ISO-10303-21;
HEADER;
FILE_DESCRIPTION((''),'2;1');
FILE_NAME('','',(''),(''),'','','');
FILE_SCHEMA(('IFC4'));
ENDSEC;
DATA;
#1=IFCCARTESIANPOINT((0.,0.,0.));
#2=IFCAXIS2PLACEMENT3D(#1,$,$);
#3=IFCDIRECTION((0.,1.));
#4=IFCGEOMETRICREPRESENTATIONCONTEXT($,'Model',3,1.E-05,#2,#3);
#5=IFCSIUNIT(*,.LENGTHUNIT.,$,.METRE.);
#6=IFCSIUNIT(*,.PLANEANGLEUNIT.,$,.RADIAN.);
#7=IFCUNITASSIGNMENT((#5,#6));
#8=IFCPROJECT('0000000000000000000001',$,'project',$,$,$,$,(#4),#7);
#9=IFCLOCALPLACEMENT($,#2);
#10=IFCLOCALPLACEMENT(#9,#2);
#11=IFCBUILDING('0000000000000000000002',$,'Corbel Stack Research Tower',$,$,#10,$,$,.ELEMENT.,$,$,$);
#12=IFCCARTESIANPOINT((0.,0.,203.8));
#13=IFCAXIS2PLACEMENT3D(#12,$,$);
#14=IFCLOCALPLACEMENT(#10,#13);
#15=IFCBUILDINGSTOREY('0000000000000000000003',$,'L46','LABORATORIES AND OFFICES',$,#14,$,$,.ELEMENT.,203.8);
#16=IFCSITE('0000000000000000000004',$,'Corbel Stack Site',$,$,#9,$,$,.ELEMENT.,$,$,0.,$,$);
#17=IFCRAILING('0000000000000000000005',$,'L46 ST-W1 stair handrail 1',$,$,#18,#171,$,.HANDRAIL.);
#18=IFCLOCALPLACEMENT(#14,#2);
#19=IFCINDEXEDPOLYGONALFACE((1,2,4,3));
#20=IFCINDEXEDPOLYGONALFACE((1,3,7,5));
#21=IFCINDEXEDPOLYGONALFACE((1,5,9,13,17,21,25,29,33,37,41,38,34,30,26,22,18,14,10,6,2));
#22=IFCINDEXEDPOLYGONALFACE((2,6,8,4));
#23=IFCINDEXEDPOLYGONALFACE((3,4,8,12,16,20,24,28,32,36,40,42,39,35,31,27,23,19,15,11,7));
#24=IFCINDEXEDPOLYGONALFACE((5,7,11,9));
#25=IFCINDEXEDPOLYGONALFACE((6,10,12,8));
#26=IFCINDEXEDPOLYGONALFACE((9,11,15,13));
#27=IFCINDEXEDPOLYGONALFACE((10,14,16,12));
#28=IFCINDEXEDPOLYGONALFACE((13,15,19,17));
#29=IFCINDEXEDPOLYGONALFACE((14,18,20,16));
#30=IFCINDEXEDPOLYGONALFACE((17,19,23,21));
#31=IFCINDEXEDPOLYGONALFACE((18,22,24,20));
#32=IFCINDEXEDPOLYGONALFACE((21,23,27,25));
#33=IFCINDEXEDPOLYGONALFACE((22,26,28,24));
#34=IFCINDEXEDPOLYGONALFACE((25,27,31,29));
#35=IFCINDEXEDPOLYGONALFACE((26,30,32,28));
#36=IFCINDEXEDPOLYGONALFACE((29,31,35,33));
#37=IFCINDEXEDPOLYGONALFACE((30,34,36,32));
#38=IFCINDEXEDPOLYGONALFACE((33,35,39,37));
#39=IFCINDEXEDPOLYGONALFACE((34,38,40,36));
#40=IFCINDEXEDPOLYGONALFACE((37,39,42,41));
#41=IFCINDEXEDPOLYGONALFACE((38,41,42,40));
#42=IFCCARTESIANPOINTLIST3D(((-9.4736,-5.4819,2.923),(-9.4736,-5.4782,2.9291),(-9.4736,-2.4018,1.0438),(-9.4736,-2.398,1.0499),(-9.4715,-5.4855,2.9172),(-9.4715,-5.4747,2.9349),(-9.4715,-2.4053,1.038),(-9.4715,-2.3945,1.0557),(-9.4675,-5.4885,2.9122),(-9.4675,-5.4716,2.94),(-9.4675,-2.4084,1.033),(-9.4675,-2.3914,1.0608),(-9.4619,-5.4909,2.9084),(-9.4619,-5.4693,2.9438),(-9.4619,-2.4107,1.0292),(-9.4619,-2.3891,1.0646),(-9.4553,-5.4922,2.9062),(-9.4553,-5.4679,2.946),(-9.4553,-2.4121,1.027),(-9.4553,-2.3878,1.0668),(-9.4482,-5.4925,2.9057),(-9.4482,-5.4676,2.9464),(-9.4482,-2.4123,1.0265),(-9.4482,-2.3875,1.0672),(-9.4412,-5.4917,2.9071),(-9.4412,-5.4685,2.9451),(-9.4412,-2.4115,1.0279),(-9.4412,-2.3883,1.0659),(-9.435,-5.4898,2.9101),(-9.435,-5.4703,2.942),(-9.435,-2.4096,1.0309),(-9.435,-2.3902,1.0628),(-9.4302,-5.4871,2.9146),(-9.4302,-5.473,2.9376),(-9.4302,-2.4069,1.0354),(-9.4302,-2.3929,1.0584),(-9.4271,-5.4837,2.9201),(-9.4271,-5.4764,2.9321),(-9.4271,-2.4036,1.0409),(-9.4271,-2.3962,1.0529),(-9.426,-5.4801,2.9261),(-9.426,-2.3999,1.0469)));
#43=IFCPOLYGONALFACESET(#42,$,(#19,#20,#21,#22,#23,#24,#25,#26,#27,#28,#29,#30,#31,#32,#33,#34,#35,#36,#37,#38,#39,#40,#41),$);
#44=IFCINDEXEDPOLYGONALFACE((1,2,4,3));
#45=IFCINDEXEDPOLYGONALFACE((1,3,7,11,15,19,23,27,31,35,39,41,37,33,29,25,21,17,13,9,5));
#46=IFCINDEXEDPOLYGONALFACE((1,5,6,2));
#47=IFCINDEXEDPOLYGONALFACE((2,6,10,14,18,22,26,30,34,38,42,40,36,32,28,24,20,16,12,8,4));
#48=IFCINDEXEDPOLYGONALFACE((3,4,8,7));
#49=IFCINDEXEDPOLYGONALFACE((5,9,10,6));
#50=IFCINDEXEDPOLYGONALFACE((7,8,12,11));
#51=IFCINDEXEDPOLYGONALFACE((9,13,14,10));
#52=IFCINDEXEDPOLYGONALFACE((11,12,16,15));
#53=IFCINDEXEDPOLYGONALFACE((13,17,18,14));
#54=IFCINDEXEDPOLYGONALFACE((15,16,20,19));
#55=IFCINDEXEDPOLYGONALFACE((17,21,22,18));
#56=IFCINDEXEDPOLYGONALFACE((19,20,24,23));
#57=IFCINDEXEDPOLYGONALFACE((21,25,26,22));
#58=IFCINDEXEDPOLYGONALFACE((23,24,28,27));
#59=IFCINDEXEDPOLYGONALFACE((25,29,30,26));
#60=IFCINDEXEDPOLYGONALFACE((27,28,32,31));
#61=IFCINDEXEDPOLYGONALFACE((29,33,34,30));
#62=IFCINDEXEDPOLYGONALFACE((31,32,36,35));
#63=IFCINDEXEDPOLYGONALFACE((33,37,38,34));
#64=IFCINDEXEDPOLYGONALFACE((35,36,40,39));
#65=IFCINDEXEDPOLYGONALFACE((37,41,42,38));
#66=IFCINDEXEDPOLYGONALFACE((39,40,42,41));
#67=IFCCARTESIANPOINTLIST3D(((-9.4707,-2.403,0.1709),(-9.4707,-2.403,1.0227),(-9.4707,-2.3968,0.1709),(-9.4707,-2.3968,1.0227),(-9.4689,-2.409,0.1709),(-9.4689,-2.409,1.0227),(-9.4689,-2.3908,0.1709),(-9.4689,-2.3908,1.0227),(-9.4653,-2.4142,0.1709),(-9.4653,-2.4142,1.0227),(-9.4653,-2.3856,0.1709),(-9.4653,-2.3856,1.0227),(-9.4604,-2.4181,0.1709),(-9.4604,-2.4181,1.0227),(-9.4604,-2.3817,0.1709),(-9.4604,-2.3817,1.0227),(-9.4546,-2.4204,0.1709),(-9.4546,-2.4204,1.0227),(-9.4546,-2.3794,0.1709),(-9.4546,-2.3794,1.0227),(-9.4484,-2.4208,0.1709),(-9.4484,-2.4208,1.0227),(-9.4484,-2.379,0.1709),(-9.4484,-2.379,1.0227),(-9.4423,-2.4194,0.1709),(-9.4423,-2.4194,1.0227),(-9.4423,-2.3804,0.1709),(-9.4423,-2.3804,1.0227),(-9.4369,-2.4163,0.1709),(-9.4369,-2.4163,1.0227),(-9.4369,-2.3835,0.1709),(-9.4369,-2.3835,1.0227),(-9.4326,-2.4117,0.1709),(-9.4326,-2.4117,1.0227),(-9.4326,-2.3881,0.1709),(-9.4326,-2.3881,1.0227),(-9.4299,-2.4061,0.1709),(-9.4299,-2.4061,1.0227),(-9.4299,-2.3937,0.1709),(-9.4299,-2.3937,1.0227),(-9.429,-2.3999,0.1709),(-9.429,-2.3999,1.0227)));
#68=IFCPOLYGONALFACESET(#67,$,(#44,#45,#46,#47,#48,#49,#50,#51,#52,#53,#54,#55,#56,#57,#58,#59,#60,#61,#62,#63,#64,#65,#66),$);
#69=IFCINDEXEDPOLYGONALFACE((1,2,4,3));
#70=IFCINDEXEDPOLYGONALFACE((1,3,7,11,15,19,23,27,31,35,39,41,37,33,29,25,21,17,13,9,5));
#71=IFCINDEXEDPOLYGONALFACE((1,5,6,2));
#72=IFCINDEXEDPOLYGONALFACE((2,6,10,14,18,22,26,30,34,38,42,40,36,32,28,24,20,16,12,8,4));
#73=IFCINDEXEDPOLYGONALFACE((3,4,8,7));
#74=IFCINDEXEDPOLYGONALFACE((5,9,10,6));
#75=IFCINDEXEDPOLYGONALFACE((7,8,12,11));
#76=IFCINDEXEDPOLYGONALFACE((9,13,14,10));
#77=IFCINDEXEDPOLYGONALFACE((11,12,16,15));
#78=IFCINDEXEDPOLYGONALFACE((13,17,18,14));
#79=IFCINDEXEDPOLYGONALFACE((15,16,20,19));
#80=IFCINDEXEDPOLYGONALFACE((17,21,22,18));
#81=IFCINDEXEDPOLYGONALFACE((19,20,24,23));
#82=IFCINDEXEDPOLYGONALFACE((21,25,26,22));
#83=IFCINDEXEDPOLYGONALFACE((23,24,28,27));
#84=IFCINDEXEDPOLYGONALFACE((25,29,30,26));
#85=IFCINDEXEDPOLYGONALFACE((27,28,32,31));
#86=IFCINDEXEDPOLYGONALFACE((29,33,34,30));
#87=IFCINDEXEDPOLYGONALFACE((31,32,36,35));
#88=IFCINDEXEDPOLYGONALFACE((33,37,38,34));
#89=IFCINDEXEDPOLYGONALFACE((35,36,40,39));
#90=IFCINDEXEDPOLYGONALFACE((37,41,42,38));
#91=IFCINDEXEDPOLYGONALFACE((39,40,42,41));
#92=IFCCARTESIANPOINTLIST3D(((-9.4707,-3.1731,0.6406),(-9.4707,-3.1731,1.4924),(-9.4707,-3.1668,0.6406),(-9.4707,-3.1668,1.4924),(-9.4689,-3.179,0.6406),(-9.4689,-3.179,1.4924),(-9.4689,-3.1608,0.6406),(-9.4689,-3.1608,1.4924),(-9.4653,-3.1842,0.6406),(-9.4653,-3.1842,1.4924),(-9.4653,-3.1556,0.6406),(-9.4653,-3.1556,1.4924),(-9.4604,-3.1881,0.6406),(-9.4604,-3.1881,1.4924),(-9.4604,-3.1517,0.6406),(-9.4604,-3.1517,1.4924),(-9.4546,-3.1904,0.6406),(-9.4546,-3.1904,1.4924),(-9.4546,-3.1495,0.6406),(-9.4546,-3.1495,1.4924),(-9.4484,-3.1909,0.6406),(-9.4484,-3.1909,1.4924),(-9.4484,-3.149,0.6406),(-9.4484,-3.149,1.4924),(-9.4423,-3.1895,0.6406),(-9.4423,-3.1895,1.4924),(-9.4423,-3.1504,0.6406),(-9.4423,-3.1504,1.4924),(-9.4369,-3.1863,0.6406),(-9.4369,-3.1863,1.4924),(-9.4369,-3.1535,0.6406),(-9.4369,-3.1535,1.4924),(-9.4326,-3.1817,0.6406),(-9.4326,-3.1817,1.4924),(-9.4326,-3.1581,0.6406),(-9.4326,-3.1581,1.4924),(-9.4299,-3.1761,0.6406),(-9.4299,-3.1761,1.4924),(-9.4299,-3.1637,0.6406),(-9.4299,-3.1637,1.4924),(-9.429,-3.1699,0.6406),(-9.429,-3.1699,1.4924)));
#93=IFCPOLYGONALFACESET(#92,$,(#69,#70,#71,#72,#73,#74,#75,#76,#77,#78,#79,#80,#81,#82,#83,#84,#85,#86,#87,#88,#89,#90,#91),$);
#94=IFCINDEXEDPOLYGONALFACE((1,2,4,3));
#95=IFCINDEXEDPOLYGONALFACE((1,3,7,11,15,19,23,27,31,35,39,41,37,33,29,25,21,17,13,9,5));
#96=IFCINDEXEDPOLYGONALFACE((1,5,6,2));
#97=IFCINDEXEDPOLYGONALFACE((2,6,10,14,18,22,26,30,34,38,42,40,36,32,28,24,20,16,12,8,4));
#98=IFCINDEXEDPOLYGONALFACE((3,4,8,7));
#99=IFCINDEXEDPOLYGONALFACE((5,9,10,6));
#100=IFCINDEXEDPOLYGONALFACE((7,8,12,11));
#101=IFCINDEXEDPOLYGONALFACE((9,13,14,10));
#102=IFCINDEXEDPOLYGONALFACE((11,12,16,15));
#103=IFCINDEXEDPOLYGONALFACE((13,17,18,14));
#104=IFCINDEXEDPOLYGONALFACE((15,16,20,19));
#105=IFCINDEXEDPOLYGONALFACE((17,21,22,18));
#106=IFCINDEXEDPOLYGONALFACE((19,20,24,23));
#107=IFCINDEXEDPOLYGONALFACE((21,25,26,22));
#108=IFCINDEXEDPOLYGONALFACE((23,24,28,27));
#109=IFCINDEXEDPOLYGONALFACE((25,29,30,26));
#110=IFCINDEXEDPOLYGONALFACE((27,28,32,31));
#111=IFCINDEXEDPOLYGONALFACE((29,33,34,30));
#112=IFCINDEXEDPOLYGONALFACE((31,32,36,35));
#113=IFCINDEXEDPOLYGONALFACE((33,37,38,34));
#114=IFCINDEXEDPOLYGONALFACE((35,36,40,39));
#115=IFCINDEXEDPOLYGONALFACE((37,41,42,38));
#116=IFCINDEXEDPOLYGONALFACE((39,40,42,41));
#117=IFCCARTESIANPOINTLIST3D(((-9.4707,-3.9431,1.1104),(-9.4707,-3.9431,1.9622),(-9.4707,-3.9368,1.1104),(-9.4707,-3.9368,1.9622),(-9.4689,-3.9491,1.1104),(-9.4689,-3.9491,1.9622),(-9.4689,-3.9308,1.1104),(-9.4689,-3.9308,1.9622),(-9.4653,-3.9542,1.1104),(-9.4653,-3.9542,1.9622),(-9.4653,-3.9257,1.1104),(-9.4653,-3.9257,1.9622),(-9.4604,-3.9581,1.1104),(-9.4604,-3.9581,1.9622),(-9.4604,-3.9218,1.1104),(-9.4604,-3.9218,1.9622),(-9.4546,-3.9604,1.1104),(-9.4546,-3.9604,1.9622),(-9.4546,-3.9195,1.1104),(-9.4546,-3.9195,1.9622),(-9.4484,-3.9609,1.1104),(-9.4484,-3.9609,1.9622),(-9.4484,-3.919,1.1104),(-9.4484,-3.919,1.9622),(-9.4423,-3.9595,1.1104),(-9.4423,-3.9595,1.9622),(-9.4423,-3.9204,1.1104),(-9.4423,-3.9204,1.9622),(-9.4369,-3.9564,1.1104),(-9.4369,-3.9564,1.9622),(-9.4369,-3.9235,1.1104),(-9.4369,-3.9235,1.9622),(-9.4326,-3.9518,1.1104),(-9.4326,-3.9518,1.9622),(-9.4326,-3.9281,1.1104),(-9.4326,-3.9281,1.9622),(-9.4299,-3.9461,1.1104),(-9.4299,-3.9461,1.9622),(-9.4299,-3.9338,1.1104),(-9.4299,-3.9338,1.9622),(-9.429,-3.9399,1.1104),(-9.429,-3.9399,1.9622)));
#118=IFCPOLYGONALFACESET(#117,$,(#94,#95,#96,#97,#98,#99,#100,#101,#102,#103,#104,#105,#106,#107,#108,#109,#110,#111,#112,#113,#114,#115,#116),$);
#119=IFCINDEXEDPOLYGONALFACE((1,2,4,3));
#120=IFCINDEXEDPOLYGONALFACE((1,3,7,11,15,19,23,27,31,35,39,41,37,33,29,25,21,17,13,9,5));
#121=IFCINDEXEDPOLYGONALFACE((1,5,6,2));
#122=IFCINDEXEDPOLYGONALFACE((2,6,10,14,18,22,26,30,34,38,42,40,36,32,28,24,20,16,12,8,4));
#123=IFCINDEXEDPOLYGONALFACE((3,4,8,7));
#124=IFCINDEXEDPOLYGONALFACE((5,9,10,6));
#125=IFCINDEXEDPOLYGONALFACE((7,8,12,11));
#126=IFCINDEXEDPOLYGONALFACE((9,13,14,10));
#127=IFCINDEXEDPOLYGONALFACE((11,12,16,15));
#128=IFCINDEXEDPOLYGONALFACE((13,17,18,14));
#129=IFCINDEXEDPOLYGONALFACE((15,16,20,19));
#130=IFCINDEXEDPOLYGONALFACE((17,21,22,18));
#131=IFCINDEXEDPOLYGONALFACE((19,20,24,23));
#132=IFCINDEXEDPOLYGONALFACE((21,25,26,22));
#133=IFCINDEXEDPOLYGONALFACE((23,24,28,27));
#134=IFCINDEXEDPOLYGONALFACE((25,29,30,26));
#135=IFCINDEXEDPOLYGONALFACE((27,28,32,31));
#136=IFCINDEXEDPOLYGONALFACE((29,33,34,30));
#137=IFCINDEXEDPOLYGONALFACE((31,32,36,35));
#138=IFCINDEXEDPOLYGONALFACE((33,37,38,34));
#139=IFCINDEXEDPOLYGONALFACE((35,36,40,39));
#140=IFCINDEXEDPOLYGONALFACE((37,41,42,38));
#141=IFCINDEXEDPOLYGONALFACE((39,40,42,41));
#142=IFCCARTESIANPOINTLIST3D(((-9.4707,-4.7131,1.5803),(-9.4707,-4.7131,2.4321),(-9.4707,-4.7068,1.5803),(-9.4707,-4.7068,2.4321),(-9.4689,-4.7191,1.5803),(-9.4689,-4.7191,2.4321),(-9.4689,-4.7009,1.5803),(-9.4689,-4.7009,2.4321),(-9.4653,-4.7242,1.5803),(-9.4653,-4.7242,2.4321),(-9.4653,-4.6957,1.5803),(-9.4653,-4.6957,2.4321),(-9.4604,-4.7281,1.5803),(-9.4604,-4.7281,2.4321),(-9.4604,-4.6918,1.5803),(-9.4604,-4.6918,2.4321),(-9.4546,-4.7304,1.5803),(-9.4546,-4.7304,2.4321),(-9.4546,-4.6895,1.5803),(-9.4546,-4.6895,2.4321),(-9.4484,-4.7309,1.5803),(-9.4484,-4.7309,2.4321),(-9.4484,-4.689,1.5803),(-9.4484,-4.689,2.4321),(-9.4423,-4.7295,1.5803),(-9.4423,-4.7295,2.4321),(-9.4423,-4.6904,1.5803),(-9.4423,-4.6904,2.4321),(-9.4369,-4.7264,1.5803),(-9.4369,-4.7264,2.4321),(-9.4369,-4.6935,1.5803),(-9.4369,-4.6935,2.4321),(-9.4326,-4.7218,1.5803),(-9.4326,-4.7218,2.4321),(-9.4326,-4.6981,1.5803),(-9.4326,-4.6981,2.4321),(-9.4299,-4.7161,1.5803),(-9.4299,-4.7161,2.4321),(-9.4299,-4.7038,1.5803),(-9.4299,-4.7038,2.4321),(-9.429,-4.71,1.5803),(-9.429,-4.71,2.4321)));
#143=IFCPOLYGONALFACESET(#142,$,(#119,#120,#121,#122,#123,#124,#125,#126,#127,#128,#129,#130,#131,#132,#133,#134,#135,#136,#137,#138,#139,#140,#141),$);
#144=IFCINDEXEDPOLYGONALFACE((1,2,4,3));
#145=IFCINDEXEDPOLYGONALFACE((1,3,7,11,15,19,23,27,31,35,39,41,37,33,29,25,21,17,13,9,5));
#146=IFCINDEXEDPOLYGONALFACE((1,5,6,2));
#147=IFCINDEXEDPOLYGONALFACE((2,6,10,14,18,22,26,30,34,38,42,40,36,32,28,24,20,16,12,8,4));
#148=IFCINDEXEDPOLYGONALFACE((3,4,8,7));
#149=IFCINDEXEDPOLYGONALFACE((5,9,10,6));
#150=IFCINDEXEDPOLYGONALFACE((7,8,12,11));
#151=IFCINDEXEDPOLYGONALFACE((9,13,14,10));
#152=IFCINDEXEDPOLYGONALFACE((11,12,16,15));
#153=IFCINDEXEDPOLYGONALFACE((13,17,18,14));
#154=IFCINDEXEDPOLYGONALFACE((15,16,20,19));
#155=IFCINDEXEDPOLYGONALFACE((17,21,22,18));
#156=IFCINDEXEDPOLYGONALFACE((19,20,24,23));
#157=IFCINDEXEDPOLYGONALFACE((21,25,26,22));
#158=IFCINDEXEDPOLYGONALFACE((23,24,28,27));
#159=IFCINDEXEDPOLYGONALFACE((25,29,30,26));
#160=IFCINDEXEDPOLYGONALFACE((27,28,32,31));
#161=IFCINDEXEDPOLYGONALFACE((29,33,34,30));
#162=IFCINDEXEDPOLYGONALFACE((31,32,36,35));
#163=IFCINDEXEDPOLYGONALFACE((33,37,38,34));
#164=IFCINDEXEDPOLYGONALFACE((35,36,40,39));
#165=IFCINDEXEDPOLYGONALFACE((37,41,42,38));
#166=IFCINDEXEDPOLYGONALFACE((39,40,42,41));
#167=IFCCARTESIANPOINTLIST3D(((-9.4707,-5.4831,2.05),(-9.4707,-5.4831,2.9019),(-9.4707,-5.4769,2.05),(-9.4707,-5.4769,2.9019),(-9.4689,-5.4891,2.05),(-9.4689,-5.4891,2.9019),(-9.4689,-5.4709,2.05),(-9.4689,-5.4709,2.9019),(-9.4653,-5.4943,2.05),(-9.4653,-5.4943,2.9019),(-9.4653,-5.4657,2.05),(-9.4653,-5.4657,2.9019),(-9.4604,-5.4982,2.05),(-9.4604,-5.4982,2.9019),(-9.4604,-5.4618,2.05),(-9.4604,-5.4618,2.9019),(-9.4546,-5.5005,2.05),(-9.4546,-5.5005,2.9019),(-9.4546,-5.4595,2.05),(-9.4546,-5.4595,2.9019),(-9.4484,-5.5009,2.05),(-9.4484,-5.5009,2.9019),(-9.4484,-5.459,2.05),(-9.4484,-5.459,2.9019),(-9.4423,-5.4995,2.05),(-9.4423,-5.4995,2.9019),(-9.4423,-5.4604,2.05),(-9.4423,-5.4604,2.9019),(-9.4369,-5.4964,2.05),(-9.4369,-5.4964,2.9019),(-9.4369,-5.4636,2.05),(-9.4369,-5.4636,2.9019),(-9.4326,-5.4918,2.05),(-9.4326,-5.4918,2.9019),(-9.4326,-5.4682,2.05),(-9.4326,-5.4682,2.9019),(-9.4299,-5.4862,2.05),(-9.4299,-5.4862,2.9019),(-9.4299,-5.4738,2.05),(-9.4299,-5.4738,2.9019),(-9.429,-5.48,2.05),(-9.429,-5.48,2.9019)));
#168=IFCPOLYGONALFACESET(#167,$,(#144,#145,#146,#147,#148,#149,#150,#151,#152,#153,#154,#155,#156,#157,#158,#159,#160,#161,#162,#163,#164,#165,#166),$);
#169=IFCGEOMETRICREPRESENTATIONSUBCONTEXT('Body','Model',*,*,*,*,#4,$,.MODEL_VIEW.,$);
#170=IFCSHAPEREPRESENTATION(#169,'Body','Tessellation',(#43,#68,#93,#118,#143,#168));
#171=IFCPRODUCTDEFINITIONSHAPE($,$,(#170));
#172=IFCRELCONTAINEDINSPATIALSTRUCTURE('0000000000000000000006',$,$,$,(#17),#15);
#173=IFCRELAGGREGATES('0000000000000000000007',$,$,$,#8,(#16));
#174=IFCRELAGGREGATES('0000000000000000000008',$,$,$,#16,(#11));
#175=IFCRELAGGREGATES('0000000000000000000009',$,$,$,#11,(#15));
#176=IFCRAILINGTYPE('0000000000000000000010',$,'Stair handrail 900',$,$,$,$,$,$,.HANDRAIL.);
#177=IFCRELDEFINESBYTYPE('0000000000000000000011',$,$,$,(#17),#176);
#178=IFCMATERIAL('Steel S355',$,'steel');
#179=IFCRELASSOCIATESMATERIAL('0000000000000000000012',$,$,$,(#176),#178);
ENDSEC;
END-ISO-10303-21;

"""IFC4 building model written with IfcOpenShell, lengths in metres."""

from ifc_helpers import new_model, si_unit, direction, frame, origin, origin_2d, place, context, subcontext, project, spatial, circle, extrude, material, type_object, element, save


model = new_model("IFC4")

# Units and contexts
model_context = context("Model", 3, precision=1e-05, world=origin(), true_north=direction((0.0, 1.0)))
body_context = subcontext(model_context, "Body", "Model", "MODEL_VIEW")
ifc_project = project(units=[si_unit("LENGTHUNIT", "METRE"), si_unit("PLANEANGLEUNIT", "RADIAN")], contexts=[model_context])

# Site, building, storey
site_placement = place(None, origin())
site = spatial("IfcSite", under=ifc_project, at=site_placement, Name="Corbel Stack Site", CompositionType="ELEMENT", RefElevation=0.0)
building_placement = place(site_placement, origin())
building = spatial("IfcBuilding", under=site, at=building_placement, Name="Corbel Stack Research Tower", CompositionType="ELEMENT")
storey_placement = place(building_placement, frame((0.0, 0.0, 203.8)))
storey = spatial("IfcBuildingStorey", under=building, at=storey_placement, Name="L46", Description="LABORATORIES AND OFFICES", CompositionType="ELEMENT", Elevation=203.8)

# Railing
ifc_material_1 = material(Name="Steel S355", Category="steel")
railing_type_1 = type_object("IfcRailingType", Name="Stair handrail 900", PredefinedType="HANDRAIL", material=ifc_material_1)
railing_1_placement = place(storey_placement, frame((-9.45, -2.3999, 0.1709)))
element("IfcRailing", 1, at=railing_1_placement, inside=storey, type_object=railing_type_1, Name="L46 ST-W1 stair handrail 1", PredefinedType="HANDRAIL", context=body_context, shape_type="SweptSolid", body=[
    extrude(circle(Radius=0.0239, at=origin_2d()), frame((0.0, 0.0, 0.876), z_axis=(0.0, -0.853666, 0.52082), x_axis=(1.0, 0.0, 0.0)), (0.0, 0.0, 1.0), 3.6082),
    extrude(circle(Radius=0.021, at=origin_2d()), origin(), (0.0, 0.0, 1.0), 0.8518),
    extrude(circle(Radius=0.021, at=origin_2d()), frame((0.0, -0.77, 0.4697)), (0.0, 0.0, 1.0), 0.8518),
    extrude(circle(Radius=0.021, at=origin_2d()), frame((0.0, -1.54, 0.9395)), (0.0, 0.0, 1.0), 0.8518),
    extrude(circle(Radius=0.021, at=origin_2d()), frame((0.0, -2.3101, 1.4094)), (0.0, 0.0, 1.0), 0.8518),
    extrude(circle(Radius=0.021, at=origin_2d()), frame((0.0, -3.0801, 1.8792)), (0.0, 0.0, 1.0), 0.8518),
])

save(model, "model.ifc")
